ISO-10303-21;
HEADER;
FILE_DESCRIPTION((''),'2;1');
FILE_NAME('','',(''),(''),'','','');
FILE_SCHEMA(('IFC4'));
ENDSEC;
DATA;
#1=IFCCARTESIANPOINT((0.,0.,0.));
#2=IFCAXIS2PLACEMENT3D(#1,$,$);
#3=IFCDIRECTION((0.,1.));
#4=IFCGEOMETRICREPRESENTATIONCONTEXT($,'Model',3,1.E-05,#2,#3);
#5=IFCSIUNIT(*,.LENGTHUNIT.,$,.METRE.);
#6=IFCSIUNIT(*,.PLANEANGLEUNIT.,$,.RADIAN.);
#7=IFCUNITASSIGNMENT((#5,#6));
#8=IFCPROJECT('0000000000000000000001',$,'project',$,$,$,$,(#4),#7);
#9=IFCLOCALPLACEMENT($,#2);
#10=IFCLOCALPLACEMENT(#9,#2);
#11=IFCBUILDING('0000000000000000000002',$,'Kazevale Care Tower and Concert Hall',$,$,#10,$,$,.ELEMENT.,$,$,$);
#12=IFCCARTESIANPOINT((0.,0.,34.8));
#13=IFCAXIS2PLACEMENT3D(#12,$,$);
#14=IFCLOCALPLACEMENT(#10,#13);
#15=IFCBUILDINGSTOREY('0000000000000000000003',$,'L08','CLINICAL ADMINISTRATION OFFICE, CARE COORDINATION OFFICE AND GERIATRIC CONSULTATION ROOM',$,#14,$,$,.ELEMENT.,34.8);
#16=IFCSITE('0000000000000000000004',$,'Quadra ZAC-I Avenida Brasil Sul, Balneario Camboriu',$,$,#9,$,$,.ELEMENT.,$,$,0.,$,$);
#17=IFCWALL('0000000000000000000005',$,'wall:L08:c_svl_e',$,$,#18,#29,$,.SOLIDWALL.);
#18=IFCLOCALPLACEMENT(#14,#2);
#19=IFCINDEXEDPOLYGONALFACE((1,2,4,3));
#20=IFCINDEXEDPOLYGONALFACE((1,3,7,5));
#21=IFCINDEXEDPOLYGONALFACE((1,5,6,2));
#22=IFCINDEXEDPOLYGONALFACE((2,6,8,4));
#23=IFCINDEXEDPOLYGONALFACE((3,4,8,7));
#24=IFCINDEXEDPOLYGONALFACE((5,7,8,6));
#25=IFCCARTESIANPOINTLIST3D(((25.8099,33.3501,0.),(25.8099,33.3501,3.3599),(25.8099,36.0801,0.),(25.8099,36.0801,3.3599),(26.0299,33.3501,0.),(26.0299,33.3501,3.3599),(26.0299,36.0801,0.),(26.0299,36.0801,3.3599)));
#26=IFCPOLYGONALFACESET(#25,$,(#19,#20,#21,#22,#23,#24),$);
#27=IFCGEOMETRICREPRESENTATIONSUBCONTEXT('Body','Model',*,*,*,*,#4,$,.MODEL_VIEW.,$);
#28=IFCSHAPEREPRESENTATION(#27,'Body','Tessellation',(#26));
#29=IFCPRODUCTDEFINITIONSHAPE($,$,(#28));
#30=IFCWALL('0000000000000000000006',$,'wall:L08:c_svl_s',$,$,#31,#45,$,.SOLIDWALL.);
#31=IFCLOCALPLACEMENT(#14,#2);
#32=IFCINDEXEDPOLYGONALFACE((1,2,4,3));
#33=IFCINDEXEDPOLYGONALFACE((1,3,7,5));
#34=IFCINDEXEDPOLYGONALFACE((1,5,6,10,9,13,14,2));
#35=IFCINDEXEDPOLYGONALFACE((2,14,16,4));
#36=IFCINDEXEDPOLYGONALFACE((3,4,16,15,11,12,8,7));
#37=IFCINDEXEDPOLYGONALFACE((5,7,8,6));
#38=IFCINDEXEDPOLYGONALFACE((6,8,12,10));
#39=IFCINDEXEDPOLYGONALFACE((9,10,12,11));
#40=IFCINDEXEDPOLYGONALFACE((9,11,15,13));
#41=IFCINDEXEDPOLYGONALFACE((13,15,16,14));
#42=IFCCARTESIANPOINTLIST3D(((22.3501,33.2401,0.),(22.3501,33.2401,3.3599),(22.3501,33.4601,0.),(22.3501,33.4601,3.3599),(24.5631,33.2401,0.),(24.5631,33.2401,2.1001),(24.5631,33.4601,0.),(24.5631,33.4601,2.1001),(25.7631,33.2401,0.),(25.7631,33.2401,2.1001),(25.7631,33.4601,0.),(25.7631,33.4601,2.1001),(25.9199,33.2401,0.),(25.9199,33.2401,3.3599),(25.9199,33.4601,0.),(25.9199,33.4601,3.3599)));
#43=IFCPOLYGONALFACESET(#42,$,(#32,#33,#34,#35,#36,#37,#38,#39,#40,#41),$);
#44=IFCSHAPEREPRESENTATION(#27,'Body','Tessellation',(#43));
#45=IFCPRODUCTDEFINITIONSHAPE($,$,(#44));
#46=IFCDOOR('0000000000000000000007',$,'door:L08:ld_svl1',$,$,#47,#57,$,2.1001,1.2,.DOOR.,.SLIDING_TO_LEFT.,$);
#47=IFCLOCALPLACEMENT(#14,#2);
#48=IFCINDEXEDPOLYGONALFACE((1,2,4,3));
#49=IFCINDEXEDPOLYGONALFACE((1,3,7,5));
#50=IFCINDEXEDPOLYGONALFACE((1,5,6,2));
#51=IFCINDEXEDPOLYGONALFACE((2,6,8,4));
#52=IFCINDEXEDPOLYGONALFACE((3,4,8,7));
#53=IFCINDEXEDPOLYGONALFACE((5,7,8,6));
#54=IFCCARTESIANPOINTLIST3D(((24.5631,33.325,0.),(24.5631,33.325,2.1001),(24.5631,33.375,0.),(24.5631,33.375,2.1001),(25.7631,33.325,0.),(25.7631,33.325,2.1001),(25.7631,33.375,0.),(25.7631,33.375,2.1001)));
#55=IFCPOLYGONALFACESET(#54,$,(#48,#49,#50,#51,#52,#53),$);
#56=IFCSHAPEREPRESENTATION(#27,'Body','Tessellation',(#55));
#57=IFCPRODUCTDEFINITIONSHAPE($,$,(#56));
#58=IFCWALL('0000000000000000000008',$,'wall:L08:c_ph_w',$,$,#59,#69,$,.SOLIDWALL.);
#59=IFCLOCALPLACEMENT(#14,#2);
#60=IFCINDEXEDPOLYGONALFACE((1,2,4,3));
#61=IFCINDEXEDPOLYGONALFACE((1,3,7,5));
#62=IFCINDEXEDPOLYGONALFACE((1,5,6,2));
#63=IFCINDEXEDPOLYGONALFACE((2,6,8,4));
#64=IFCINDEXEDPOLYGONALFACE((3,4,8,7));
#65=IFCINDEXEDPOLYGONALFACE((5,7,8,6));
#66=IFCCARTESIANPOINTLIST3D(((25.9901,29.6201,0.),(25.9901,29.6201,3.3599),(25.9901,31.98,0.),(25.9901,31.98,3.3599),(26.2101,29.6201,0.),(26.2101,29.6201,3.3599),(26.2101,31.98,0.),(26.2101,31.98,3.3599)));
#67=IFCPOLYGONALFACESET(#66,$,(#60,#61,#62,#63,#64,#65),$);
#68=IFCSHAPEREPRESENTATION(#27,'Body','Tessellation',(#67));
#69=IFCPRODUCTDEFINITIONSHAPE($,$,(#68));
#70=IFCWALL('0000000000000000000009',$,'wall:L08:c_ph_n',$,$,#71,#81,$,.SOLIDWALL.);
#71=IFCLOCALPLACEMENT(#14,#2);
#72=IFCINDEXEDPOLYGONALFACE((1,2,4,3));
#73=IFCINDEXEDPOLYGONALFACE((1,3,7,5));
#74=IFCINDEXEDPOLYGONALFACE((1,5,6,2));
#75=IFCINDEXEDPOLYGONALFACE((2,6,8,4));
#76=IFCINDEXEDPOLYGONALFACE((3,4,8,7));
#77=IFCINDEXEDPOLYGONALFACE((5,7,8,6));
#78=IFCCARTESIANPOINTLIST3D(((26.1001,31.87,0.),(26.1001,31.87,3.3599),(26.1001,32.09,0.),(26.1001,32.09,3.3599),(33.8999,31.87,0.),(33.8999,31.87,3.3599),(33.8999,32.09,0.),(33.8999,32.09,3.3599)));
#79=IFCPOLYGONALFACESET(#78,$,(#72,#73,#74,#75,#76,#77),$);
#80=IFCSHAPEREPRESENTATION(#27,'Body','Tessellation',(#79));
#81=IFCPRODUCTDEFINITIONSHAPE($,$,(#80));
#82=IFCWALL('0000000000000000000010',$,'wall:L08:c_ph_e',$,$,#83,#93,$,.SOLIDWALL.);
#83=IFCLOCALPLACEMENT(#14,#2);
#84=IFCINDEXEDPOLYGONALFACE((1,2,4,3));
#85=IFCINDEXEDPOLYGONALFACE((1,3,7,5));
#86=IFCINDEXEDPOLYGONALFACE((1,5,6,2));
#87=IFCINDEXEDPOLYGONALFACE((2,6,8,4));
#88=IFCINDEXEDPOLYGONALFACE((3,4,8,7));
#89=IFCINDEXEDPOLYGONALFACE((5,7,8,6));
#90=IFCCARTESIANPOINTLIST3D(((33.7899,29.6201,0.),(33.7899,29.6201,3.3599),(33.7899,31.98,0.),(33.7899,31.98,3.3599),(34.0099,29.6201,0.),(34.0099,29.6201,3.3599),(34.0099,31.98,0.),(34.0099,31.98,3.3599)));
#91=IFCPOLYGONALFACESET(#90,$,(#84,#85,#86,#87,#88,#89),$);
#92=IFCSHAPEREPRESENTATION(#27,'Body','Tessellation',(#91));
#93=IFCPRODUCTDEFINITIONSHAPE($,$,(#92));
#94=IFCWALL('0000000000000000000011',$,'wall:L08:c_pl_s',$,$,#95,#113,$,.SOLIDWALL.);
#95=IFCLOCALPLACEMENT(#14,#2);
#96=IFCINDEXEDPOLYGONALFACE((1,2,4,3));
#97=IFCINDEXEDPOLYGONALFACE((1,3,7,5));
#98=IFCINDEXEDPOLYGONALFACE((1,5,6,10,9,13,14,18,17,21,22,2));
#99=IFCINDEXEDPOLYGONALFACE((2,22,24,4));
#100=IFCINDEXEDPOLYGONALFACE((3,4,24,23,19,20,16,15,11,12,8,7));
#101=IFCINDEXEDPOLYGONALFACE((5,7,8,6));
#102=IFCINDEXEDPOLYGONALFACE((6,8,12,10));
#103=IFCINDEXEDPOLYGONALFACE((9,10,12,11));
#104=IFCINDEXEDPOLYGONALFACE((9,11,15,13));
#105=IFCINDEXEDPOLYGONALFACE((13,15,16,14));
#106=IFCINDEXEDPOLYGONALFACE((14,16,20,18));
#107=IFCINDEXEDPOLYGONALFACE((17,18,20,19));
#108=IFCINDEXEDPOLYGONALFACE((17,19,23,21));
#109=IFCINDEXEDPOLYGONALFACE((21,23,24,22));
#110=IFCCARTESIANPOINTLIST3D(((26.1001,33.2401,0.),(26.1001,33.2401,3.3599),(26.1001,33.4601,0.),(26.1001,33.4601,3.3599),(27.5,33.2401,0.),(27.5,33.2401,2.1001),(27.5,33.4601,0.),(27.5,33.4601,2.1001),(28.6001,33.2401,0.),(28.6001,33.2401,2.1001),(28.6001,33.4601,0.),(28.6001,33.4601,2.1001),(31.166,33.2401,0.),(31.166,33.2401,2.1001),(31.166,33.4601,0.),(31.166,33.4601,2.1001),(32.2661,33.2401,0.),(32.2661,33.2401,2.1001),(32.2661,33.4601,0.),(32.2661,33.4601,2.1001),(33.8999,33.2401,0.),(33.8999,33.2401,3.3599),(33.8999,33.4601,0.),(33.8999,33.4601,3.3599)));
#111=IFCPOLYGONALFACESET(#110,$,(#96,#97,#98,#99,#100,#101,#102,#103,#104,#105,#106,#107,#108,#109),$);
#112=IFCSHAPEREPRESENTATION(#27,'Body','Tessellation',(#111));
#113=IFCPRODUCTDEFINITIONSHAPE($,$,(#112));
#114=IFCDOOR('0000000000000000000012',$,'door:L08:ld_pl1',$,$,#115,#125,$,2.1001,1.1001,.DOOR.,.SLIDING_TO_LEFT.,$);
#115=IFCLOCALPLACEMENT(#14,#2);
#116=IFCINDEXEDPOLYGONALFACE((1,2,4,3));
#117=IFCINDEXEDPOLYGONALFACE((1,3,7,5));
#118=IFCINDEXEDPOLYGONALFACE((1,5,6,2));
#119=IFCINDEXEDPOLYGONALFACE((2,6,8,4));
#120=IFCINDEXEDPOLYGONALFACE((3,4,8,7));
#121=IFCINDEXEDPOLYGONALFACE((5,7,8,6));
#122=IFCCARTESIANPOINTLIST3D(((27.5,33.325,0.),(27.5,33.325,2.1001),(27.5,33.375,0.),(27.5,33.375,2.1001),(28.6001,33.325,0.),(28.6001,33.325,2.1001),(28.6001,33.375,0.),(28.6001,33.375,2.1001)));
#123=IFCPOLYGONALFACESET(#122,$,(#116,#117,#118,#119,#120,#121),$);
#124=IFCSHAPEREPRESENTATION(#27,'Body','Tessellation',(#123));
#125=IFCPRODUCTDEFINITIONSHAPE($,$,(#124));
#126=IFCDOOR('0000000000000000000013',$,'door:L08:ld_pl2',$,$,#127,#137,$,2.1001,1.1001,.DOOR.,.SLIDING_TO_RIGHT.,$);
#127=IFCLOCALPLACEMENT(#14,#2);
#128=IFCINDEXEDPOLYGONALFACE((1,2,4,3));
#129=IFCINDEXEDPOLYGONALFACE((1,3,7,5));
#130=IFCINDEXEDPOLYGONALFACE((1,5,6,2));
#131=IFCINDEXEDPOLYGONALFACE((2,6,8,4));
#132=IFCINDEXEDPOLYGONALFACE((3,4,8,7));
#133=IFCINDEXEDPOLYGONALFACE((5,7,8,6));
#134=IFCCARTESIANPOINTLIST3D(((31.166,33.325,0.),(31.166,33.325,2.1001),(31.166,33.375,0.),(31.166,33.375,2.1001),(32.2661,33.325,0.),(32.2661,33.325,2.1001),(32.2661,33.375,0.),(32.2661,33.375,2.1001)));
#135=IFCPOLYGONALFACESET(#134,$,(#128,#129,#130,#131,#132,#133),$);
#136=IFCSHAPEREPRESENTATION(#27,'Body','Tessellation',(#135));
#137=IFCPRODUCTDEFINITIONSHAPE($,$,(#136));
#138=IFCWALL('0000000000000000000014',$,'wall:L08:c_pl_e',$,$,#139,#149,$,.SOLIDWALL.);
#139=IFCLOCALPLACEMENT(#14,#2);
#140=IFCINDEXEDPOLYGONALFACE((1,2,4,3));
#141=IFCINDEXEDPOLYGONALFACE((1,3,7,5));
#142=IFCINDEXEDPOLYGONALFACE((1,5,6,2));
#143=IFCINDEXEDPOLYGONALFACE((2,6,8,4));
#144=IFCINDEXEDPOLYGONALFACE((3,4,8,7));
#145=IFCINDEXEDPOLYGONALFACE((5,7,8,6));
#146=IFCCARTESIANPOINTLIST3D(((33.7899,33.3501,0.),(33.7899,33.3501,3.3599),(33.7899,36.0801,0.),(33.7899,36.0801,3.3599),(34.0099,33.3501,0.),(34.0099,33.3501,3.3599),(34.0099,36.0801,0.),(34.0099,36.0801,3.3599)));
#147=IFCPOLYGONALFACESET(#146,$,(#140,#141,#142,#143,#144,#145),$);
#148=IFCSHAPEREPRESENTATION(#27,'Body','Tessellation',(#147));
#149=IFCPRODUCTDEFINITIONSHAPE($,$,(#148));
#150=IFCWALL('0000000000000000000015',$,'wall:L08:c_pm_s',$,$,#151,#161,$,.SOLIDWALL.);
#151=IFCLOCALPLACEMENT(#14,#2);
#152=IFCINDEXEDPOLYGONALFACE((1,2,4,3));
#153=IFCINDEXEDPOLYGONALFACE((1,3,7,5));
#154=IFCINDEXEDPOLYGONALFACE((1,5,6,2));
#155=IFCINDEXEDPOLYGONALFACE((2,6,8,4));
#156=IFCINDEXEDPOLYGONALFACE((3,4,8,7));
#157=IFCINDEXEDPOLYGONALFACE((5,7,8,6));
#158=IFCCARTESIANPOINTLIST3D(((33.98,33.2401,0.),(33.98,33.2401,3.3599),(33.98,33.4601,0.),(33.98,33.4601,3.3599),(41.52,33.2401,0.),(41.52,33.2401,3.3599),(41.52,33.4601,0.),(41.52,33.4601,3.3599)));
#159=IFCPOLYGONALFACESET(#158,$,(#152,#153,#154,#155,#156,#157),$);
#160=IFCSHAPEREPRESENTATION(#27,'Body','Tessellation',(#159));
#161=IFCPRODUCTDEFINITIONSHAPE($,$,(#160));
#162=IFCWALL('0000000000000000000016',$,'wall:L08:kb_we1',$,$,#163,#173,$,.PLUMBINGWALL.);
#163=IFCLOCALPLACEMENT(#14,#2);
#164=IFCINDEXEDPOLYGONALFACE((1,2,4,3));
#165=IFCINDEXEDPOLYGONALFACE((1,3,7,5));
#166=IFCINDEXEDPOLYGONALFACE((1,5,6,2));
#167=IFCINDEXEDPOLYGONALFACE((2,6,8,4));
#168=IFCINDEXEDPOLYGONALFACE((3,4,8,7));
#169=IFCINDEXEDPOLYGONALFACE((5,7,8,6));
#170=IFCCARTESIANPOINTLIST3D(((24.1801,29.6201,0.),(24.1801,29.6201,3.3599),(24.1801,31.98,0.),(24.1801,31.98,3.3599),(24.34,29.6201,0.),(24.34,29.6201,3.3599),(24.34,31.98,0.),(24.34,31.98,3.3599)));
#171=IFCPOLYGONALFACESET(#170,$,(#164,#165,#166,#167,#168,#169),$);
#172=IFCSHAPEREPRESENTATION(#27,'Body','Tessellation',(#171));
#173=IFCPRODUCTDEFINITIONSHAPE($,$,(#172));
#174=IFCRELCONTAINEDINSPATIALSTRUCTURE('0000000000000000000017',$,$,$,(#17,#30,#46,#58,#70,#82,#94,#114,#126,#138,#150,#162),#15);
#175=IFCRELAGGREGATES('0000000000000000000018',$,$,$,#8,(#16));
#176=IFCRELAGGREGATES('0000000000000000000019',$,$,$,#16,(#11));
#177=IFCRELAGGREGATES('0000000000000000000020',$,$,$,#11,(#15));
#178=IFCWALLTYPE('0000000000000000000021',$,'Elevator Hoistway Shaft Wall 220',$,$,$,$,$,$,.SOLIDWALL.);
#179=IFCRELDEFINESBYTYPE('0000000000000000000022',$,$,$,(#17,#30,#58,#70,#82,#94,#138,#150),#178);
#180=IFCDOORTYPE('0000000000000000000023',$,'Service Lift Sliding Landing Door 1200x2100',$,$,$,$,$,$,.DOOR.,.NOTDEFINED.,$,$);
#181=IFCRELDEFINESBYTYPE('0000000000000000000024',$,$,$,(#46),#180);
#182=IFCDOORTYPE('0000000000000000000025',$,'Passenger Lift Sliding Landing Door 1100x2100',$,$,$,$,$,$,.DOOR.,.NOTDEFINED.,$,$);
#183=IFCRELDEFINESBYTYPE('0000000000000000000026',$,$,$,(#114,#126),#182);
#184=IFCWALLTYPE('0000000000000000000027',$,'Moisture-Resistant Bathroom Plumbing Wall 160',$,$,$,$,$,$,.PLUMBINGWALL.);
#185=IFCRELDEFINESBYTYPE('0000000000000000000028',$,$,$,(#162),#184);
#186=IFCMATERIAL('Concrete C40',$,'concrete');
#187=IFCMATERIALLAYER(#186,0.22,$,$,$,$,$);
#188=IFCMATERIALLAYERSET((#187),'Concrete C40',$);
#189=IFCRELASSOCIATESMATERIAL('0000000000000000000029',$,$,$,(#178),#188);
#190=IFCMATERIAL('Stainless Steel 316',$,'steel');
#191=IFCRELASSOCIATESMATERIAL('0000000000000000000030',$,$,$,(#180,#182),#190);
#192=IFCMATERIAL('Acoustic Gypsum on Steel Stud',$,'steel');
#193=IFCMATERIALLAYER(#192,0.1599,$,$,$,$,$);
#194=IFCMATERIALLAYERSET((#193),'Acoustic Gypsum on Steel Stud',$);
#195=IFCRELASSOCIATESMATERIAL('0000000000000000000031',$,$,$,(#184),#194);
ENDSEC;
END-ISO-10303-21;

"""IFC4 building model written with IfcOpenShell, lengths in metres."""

from ifc_helpers import new_model, si_unit, direction, frame, frame_2d, origin, place, context, subcontext, project, spatial, rectangle, extrude, material, layer, layer_set, type_object, element, fill, save


model = new_model("IFC4")

# Units and contexts
model_context = context("Model", 3, precision=1e-05, world=origin(), true_north=direction((0.0, 1.0)))
body_context = subcontext(model_context, "Body", "Model", "MODEL_VIEW")
ifc_project = project(units=[si_unit("LENGTHUNIT", "METRE"), si_unit("PLANEANGLEUNIT", "RADIAN")], contexts=[model_context])

# Site, building, storey
site_placement = place(None, origin())
site = spatial("IfcSite", under=ifc_project, at=site_placement, Name="Quadra ZAC-I Avenida Brasil Sul, Balneario Camboriu", CompositionType="ELEMENT", RefElevation=0.0)
building_placement = place(site_placement, origin())
building = spatial("IfcBuilding", under=site, at=building_placement, Name="Kazevale Care Tower and Concert Hall", CompositionType="ELEMENT")
storey_placement = place(building_placement, frame((0.0, 0.0, 34.8)))
storey = spatial("IfcBuildingStorey", under=building, at=storey_placement, Name="L08", Description="CLINICAL ADMINISTRATION OFFICE, CARE COORDINATION OFFICE AND GERIATRIC CONSULTATION ROOM", CompositionType="ELEMENT", Elevation=34.8)

# Wall
ifc_material_1 = material(Name="Concrete C40", Category="concrete")
ifc_layer_1 = layer(ifc_material_1, 0.22)
ifc_layer_set_1 = layer_set([ifc_layer_1], Name="Concrete C40")
wall_type_1 = type_object("IfcWallType", Name="Elevator Hoistway Shaft Wall 220", PredefinedType="SOLIDWALL", material=ifc_layer_set_1)
wall_1_placement = place(storey_placement, frame((25.9199, 33.3501, 0.0), z_axis=(0.0, 0.0, 1.0), x_axis=(0.0, 1.0, 0.0)))
element("IfcWall", 1, at=wall_1_placement, inside=storey, type_object=wall_type_1, Name="wall:L08:c_svl_e", PredefinedType="SOLIDWALL", context=body_context, shape_type="SweptSolid", body=[
    extrude(rectangle(XDim=2.73, YDim=0.22, at=frame_2d((1.365, 0.0))), origin(), (0.0, 0.0, 1.0), 3.3599),
])

# Wall, opening, door
wall_2_placement = place(storey_placement, frame((22.3501, 33.3501, 0.0), z_axis=(0.0, 0.0, 1.0), x_axis=(1.0, 0.0, 0.0)))
wall_2 = element("IfcWall", 2, at=wall_2_placement, inside=storey, type_object=wall_type_1, Name="wall:L08:c_svl_s", PredefinedType="SOLIDWALL", context=body_context, shape_type="SweptSolid", body=[
    extrude(rectangle(XDim=3.5698, YDim=0.22, at=frame_2d((1.7849, 0.0))), origin(), (0.0, 0.0, 1.0), 3.3599),
])
opening_1_placement = place(wall_2_placement, frame((2.2129, 0.0, 0.0)))
opening_1 = element("IfcOpeningElement", 3, at=opening_1_placement, cuts=wall_2, PredefinedType="OPENING", context=body_context, shape_type="SweptSolid", body=[
    extrude(rectangle(XDim=1.2, YDim=2.1001, at=frame_2d((0.6001, 1.05))), frame((0.0, 0.1199, 0.0), z_axis=(0.0, -1.0, 0.0), x_axis=(1.0, 0.0, 0.0)), (0.0, 0.0, 1.0), 0.24),
])
ifc_material_2 = material(Name="Stainless Steel 316", Category="steel")
door_type_1 = type_object("IfcDoorType", Name="Service Lift Sliding Landing Door 1200x2100", OperationType="NOTDEFINED", PredefinedType="DOOR", material=ifc_material_2)
door_1_placement = place(opening_1_placement, origin())
door_1 = element("IfcDoor", 4, at=door_1_placement, inside=storey, type_object=door_type_1, Name="door:L08:ld_svl1", OperationType="SLIDING_TO_LEFT", OverallHeight=2.1001, OverallWidth=1.2, PredefinedType="DOOR", context=body_context, shape_type="SweptSolid", body=[
    extrude(rectangle(XDim=1.2, YDim=2.1001, at=frame_2d((0.6001, 1.05))), frame((0.0, 0.0249, 0.0), z_axis=(0.0, -1.0, 0.0), x_axis=(1.0, 0.0, 0.0)), (0.0, 0.0, 1.0), 0.05),
])
fill(opening_1, door_1)

# Walls
wall_3_placement = place(storey_placement, frame((26.1001, 29.6201, 0.0), z_axis=(0.0, 0.0, 1.0), x_axis=(0.0, 1.0, 0.0)))
element("IfcWall", 5, at=wall_3_placement, inside=storey, type_object=wall_type_1, Name="wall:L08:c_ph_w", PredefinedType="SOLIDWALL", context=body_context, shape_type="SweptSolid", body=[
    extrude(rectangle(XDim=2.3599, YDim=0.22, at=frame_2d((1.1799, 0.0))), origin(), (0.0, 0.0, 1.0), 3.3599),
])
wall_4_placement = place(storey_placement, frame((26.1001, 31.98, 0.0), z_axis=(0.0, 0.0, 1.0), x_axis=(1.0, 0.0, 0.0)))
element("IfcWall", 6, at=wall_4_placement, inside=storey, type_object=wall_type_1, Name="wall:L08:c_ph_n", PredefinedType="SOLIDWALL", context=body_context, shape_type="SweptSolid", body=[
    extrude(rectangle(XDim=7.7998, YDim=0.22, at=frame_2d((3.8999, 0.0))), origin(), (0.0, 0.0, 1.0), 3.3599),
])
wall_5_placement = place(storey_placement, frame((33.8999, 29.6201, 0.0), z_axis=(0.0, 0.0, 1.0), x_axis=(0.0, 1.0, 0.0)))
element("IfcWall", 7, at=wall_5_placement, inside=storey, type_object=wall_type_1, Name="wall:L08:c_ph_e", PredefinedType="SOLIDWALL", context=body_context, shape_type="SweptSolid", body=[
    extrude(rectangle(XDim=2.3599, YDim=0.22, at=frame_2d((1.1799, 0.0))), origin(), (0.0, 0.0, 1.0), 3.3599),
])

# Wall, openings, doors
wall_6_placement = place(storey_placement, frame((26.1001, 33.3501, 0.0), z_axis=(0.0, 0.0, 1.0), x_axis=(1.0, 0.0, 0.0)))
wall_6 = element("IfcWall", 8, at=wall_6_placement, inside=storey, type_object=wall_type_1, Name="wall:L08:c_pl_s", PredefinedType="SOLIDWALL", context=body_context, shape_type="SweptSolid", body=[
    extrude(rectangle(XDim=7.7998, YDim=0.22, at=frame_2d((3.8999, 0.0))), origin(), (0.0, 0.0, 1.0), 3.3599),
])
opening_2_placement = place(wall_6_placement, frame((1.3999, 0.0, 0.0)))
opening_2 = element("IfcOpeningElement", 9, at=opening_2_placement, cuts=wall_6, PredefinedType="OPENING", context=body_context, shape_type="SweptSolid", body=[
    extrude(rectangle(XDim=1.1001, YDim=2.1001, at=frame_2d((0.55, 1.05))), frame((0.0, 0.1199, 0.0), z_axis=(0.0, -1.0, 0.0), x_axis=(1.0, 0.0, 0.0)), (0.0, 0.0, 1.0), 0.24),
])
opening_3_placement = place(wall_6_placement, frame((5.0659, 0.0, 0.0)))
opening_3 = element("IfcOpeningElement", 10, at=opening_3_placement, cuts=wall_6, PredefinedType="OPENING", context=body_context, shape_type="SweptSolid", body=[
    extrude(rectangle(XDim=1.1001, YDim=2.1001, at=frame_2d((0.55, 1.05))), frame((0.0, 0.1199, 0.0), z_axis=(0.0, -1.0, 0.0), x_axis=(1.0, 0.0, 0.0)), (0.0, 0.0, 1.0), 0.24),
])
door_type_2 = type_object("IfcDoorType", Name="Passenger Lift Sliding Landing Door 1100x2100", OperationType="NOTDEFINED", PredefinedType="DOOR", material=ifc_material_2)
door_2_placement = place(opening_2_placement, origin())
door_2 = element("IfcDoor", 11, at=door_2_placement, inside=storey, type_object=door_type_2, Name="door:L08:ld_pl1", OperationType="SLIDING_TO_LEFT", OverallHeight=2.1001, OverallWidth=1.1001, PredefinedType="DOOR", context=body_context, shape_type="SweptSolid", body=[
    extrude(rectangle(XDim=1.1001, YDim=2.1001, at=frame_2d((0.55, 1.05))), frame((0.0, 0.0249, 0.0), z_axis=(0.0, -1.0, 0.0), x_axis=(1.0, 0.0, 0.0)), (0.0, 0.0, 1.0), 0.05),
])
fill(opening_2, door_2)
door_3_placement = place(opening_3_placement, origin())
door_3 = element("IfcDoor", 12, at=door_3_placement, inside=storey, type_object=door_type_2, Name="door:L08:ld_pl2", OperationType="SLIDING_TO_RIGHT", OverallHeight=2.1001, OverallWidth=1.1001, PredefinedType="DOOR", context=body_context, shape_type="SweptSolid", body=[
    extrude(rectangle(XDim=1.1001, YDim=2.1001, at=frame_2d((0.55, 1.05))), frame((0.0, 0.0249, 0.0), z_axis=(0.0, -1.0, 0.0), x_axis=(1.0, 0.0, 0.0)), (0.0, 0.0, 1.0), 0.05),
])
fill(opening_3, door_3)

# Walls
wall_7_placement = place(storey_placement, frame((33.8999, 33.3501, 0.0), z_axis=(0.0, 0.0, 1.0), x_axis=(0.0, 1.0, 0.0)))
element("IfcWall", 13, at=wall_7_placement, inside=storey, type_object=wall_type_1, Name="wall:L08:c_pl_e", PredefinedType="SOLIDWALL", context=body_context, shape_type="SweptSolid", body=[
    extrude(rectangle(XDim=2.73, YDim=0.22, at=frame_2d((1.365, 0.0))), origin(), (0.0, 0.0, 1.0), 3.3599),
])
wall_8_placement = place(storey_placement, frame((33.98, 33.3501, 0.0), z_axis=(0.0, 0.0, 1.0), x_axis=(1.0, 0.0, 0.0)))
element("IfcWall", 14, at=wall_8_placement, inside=storey, type_object=wall_type_1, Name="wall:L08:c_pm_s", PredefinedType="SOLIDWALL", context=body_context, shape_type="SweptSolid", body=[
    extrude(rectangle(XDim=7.54, YDim=0.22, at=frame_2d((3.77, 0.0))), origin(), (0.0, 0.0, 1.0), 3.3599),
])
ifc_material_3 = material(Name="Acoustic Gypsum on Steel Stud", Category="steel")
ifc_layer_2 = layer(ifc_material_3, 0.1599)
ifc_layer_set_2 = layer_set([ifc_layer_2], Name="Acoustic Gypsum on Steel Stud")
wall_type_2 = type_object("IfcWallType", Name="Moisture-Resistant Bathroom Plumbing Wall 160", PredefinedType="PLUMBINGWALL", material=ifc_layer_set_2)
wall_9_placement = place(storey_placement, frame((24.26, 29.6201, 0.0), z_axis=(0.0, 0.0, 1.0), x_axis=(0.0, 1.0, 0.0)))
element("IfcWall", 15, at=wall_9_placement, inside=storey, type_object=wall_type_2, Name="wall:L08:kb_we1", PredefinedType="PLUMBINGWALL", context=body_context, shape_type="SweptSolid", body=[
    extrude(rectangle(XDim=2.3599, YDim=0.1599, at=frame_2d((1.1799, 0.0))), origin(), (0.0, 0.0, 1.0), 3.3599),
])

save(model, "model.ifc")
